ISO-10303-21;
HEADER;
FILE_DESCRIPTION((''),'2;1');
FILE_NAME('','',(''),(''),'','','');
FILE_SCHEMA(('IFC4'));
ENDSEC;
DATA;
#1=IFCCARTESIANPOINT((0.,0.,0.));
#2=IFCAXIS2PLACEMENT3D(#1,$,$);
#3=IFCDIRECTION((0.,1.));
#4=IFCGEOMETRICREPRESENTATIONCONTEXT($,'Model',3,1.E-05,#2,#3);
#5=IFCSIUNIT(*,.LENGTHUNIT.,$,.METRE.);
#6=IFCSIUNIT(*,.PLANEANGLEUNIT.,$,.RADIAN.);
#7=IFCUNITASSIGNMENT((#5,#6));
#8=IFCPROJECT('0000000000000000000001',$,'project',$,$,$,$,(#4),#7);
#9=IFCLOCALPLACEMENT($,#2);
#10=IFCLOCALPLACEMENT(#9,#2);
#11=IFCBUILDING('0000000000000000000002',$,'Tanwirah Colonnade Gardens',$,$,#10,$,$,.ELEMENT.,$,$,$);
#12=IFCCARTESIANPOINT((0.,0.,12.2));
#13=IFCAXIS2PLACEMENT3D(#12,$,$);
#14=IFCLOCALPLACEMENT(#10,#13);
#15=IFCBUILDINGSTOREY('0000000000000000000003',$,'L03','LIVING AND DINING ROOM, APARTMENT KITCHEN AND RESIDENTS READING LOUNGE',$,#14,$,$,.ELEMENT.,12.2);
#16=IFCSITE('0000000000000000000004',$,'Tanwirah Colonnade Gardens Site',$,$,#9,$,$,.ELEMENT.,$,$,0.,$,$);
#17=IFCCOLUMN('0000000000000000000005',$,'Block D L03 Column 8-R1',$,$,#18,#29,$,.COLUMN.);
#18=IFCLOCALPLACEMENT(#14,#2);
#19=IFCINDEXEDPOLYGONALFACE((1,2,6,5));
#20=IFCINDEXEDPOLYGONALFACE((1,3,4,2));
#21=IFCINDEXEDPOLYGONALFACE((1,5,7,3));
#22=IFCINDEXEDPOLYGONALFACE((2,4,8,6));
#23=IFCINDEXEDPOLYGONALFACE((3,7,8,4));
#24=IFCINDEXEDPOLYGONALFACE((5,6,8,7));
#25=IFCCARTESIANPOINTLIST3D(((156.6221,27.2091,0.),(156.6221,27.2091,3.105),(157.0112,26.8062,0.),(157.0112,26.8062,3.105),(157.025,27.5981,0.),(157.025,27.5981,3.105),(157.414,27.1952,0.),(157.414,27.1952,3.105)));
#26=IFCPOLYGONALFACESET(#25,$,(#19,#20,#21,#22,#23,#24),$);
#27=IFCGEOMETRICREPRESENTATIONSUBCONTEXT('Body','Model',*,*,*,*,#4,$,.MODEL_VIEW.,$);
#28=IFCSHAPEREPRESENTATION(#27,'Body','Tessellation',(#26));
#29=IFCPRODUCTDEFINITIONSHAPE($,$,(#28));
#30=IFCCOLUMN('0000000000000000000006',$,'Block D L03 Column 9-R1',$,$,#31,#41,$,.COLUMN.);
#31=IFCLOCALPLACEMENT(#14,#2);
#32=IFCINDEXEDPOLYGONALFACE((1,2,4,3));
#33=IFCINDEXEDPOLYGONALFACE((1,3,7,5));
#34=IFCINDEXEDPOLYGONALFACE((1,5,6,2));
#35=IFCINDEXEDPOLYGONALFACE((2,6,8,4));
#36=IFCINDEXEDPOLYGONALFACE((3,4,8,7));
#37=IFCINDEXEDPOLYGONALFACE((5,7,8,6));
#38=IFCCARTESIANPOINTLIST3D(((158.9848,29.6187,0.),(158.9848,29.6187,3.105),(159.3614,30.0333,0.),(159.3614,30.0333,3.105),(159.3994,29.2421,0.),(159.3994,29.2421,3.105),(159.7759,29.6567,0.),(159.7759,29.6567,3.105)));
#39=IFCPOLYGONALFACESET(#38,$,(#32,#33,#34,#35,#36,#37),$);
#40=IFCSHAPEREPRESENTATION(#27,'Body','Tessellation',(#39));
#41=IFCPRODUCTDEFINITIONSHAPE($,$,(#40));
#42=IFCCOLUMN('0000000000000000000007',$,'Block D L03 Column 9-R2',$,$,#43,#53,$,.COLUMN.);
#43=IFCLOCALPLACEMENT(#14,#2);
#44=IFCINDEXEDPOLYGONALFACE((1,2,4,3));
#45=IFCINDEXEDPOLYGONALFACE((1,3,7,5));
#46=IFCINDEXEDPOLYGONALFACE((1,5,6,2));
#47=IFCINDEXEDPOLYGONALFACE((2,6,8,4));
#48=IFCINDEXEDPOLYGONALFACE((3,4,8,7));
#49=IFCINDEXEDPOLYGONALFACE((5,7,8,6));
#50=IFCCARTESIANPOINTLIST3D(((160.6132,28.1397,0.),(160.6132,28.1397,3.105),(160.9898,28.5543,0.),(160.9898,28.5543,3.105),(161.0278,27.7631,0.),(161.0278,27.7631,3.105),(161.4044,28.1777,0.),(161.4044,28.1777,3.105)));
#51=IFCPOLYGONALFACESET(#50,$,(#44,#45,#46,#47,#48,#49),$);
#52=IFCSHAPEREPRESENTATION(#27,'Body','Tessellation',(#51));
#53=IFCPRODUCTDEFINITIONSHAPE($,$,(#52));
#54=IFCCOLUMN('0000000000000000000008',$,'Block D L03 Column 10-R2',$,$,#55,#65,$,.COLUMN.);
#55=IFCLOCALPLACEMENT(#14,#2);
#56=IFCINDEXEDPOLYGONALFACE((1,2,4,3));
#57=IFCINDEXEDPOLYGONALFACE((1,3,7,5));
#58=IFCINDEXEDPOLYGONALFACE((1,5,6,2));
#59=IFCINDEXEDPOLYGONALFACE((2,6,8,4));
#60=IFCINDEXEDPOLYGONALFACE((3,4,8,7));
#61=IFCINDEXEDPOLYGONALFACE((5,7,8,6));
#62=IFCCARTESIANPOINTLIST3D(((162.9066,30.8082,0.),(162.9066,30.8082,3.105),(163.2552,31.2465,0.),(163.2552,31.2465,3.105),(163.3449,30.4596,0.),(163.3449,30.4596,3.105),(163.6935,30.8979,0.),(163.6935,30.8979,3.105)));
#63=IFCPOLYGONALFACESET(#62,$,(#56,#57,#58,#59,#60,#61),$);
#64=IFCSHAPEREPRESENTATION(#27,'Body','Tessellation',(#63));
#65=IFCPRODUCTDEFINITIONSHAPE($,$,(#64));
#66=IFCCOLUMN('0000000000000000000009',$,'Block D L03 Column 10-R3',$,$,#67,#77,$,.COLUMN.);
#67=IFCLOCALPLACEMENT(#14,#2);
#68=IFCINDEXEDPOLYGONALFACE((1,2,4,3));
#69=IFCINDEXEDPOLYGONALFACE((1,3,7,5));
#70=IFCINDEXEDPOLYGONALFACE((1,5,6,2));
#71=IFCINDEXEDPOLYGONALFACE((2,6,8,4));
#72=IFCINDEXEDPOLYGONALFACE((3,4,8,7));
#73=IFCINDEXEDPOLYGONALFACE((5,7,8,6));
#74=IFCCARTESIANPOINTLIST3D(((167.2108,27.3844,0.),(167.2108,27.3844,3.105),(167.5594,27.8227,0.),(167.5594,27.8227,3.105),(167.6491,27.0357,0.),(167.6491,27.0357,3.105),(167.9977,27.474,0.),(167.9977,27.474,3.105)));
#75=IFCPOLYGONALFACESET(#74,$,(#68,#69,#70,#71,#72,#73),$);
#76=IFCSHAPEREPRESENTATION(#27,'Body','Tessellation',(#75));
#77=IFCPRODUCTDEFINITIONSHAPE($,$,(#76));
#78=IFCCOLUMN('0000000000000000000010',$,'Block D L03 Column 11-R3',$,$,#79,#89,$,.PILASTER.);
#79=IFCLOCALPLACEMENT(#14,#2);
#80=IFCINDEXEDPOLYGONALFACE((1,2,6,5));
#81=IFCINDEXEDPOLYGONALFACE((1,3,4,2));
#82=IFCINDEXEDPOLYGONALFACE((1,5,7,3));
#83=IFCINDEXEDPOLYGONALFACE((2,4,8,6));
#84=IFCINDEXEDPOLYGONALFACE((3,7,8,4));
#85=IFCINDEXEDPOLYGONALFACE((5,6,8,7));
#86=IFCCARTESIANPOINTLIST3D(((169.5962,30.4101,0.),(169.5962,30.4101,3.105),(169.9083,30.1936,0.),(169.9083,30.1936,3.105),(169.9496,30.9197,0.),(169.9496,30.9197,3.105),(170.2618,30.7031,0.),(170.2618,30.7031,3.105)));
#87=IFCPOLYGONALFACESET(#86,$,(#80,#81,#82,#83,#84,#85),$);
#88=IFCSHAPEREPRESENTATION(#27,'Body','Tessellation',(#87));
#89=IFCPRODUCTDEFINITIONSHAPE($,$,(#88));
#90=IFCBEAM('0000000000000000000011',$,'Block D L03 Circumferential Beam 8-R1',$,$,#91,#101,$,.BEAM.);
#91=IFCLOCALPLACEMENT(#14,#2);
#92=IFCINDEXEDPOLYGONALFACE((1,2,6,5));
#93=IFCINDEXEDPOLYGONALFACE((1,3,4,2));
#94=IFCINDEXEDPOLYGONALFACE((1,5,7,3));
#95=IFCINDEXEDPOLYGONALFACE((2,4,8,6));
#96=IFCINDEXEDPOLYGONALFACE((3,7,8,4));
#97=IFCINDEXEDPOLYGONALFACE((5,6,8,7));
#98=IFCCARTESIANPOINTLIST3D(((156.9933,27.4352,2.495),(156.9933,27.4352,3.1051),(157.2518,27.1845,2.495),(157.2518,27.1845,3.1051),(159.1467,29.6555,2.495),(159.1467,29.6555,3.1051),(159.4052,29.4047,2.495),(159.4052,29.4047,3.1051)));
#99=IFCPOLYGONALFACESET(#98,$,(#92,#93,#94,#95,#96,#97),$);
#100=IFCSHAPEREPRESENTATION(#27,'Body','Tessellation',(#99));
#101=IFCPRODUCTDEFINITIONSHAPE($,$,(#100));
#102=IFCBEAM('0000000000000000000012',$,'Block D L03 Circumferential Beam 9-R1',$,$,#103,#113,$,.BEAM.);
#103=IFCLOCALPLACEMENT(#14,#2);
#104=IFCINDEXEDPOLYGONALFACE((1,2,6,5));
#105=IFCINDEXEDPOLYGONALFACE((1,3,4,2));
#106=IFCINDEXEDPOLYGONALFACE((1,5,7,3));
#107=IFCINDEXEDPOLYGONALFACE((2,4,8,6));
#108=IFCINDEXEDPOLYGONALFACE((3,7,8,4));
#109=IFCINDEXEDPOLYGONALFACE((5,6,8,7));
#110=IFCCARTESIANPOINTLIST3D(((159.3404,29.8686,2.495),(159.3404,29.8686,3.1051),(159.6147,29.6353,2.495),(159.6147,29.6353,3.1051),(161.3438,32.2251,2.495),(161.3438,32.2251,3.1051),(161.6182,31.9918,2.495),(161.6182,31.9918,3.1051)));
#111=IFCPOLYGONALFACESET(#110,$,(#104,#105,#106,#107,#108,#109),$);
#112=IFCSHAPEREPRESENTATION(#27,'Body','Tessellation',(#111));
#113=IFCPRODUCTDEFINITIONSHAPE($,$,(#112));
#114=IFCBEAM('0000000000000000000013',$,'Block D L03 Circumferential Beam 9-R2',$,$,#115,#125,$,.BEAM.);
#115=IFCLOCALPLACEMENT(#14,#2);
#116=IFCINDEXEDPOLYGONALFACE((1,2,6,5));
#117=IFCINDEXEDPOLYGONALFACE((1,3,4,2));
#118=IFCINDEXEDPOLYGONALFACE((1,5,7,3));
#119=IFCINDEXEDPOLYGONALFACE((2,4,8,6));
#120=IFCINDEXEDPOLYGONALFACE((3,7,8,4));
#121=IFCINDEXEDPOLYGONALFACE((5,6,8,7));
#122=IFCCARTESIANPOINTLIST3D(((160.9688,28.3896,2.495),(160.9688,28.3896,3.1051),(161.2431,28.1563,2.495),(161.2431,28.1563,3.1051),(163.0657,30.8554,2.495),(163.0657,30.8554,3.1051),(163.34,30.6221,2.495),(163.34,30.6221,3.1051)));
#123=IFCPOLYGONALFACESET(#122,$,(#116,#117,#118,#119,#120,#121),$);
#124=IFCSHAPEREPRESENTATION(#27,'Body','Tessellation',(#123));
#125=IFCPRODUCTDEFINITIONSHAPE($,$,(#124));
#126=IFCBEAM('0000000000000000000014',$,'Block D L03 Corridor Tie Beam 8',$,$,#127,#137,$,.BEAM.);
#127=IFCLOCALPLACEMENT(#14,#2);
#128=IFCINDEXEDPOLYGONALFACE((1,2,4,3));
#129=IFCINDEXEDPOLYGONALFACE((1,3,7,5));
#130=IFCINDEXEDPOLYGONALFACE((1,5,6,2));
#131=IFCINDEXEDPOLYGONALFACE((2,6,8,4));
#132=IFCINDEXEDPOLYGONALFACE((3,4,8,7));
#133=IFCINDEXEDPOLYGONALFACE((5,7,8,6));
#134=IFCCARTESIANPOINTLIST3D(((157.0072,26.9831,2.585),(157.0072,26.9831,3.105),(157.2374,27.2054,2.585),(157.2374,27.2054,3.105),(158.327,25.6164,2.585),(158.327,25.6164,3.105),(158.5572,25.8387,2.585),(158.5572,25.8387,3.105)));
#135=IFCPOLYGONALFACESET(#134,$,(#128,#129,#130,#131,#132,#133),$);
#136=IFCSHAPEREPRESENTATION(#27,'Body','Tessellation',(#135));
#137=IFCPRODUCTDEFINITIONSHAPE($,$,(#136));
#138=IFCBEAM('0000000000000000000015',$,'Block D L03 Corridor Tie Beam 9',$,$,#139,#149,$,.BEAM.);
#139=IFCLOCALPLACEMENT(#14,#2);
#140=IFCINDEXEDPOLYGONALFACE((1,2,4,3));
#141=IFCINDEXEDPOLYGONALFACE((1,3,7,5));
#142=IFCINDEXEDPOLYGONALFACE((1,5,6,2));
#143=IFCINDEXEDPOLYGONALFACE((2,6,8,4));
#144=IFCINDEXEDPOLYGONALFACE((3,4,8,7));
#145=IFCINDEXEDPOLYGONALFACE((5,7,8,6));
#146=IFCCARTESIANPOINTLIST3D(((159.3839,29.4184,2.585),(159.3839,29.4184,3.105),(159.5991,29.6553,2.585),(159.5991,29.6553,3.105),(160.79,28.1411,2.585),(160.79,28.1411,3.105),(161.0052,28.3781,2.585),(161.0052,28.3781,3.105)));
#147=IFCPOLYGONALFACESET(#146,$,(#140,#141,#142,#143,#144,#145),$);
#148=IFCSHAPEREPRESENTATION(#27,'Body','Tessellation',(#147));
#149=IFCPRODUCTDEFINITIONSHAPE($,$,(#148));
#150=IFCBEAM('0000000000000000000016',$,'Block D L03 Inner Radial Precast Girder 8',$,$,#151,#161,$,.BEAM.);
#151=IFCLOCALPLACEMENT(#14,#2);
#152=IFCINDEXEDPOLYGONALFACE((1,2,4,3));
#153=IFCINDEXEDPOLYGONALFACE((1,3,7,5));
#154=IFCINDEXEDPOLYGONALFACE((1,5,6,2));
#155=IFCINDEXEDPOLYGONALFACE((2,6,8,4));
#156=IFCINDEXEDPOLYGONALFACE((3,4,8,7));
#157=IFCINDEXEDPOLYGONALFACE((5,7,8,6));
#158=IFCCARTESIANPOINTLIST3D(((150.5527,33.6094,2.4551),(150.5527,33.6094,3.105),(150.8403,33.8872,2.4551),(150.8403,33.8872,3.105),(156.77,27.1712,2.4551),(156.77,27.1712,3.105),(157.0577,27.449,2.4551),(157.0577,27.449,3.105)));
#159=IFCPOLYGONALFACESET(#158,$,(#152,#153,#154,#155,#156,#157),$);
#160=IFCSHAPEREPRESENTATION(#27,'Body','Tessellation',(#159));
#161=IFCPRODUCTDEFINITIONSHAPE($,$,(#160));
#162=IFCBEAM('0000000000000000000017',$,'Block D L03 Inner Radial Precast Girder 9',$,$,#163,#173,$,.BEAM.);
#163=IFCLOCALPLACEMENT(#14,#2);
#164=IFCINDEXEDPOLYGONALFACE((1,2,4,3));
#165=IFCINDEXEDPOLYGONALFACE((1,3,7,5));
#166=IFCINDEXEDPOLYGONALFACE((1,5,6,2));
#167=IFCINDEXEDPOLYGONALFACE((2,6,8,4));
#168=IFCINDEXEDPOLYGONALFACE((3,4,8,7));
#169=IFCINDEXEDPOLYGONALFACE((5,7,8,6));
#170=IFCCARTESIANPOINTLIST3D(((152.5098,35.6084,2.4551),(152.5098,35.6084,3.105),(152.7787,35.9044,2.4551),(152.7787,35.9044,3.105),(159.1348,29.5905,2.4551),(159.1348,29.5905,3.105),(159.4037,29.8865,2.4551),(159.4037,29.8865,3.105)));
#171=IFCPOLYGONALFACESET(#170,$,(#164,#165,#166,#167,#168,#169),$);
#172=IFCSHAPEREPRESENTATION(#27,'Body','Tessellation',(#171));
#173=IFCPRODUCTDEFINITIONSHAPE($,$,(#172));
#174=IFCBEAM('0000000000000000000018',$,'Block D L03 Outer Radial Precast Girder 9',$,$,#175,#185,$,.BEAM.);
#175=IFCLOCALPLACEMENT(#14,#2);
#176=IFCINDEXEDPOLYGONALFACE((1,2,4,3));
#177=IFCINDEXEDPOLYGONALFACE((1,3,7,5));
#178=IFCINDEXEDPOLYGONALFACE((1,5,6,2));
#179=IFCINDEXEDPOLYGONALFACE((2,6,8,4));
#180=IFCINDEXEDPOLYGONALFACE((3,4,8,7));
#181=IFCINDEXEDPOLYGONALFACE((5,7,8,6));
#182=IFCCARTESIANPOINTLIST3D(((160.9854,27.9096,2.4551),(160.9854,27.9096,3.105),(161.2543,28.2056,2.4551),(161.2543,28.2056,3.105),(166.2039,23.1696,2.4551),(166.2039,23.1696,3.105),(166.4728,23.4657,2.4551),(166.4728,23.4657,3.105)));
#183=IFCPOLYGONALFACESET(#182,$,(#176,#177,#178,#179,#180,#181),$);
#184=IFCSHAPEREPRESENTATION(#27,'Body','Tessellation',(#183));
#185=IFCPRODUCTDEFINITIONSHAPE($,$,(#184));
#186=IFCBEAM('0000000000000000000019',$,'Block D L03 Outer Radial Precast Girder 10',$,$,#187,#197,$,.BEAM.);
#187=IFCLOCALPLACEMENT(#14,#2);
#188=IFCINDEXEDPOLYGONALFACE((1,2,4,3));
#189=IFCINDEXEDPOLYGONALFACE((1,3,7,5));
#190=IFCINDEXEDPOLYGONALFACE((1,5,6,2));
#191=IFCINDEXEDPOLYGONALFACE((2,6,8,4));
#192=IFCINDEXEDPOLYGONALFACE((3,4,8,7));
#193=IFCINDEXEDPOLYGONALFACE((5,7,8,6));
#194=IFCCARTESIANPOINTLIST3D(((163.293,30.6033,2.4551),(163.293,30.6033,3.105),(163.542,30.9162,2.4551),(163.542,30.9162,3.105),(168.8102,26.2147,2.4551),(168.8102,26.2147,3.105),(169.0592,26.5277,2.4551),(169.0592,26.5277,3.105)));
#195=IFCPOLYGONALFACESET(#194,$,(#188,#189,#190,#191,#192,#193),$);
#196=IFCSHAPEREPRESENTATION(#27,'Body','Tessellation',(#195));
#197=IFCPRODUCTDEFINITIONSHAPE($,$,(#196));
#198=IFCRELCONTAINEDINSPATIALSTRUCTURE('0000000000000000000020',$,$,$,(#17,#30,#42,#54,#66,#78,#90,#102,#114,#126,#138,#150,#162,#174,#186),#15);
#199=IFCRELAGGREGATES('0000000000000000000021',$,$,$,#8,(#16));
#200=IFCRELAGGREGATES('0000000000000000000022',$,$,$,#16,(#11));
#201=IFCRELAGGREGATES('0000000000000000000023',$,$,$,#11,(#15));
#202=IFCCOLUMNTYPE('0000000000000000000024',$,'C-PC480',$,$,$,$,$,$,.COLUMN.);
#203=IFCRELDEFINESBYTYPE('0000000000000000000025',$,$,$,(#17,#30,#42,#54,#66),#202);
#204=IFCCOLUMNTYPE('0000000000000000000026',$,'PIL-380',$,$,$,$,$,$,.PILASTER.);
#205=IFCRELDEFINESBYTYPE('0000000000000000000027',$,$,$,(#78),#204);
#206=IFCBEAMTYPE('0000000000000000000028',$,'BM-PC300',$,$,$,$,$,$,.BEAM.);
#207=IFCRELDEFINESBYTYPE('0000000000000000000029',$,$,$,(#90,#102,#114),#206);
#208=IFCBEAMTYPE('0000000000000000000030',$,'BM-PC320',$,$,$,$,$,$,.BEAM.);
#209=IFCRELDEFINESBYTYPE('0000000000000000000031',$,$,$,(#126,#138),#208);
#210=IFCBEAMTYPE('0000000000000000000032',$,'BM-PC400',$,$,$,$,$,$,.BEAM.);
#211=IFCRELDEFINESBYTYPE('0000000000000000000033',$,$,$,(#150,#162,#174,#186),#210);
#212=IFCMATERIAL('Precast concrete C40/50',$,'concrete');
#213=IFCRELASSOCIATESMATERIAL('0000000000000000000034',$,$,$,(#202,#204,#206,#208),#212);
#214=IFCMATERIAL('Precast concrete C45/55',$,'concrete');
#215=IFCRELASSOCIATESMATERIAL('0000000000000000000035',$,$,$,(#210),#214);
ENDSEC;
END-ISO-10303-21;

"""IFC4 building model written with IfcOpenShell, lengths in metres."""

from ifc_helpers import new_model, si_unit, direction, frame, origin, origin_2d, place, context, subcontext, project, spatial, rectangle, extrude, material, material_profile, profile_set, type_object, element, save


model = new_model("IFC4")

# Units and contexts
model_context = context("Model", 3, precision=1e-05, world=origin(), true_north=direction((0.0, 1.0)))
body_context = subcontext(model_context, "Body", "Model", "MODEL_VIEW")
ifc_project = project(units=[si_unit("LENGTHUNIT", "METRE"), si_unit("PLANEANGLEUNIT", "RADIAN")], contexts=[model_context])

# Site, building, storey
site_placement = place(None, origin())
site = spatial("IfcSite", under=ifc_project, at=site_placement, Name="Tanwirah Colonnade Gardens Site", CompositionType="ELEMENT", RefElevation=0.0)
building_placement = place(site_placement, origin())
building = spatial("IfcBuilding", under=site, at=building_placement, Name="Tanwirah Colonnade Gardens", CompositionType="ELEMENT")
storey_placement = place(building_placement, frame((0.0, 0.0, 12.2)))
storey = spatial("IfcBuildingStorey", under=building, at=storey_placement, Name="L03", Description="LIVING AND DINING ROOM, APARTMENT KITCHEN AND RESIDENTS READING LOUNGE", CompositionType="ELEMENT", Elevation=12.2)

# Columns
ifc_material_1 = material(Name="Precast concrete C40/50", Category="concrete")
ifc_material_profile_1 = material_profile(ifc_material_1, rectangle(XDim=0.5601, YDim=0.5601, at=origin_2d()), Name="PC-COL 560x560")
ifc_profile_set_1 = profile_set([ifc_material_profile_1], Name="Precast concrete C40/50")
column_type_1 = type_object("IfcColumnType", Name="C-PC480", PredefinedType="COLUMN", material=ifc_profile_set_1)
for number, where, z_axis, x_axis, name in (
    (1, (157.0181, 27.2021, 0.0), (0.0, 0.0, 1.0), (0.694658, -0.71934, 0.0), "Block D L03 Column 8-R1"),
    (2, (159.3804, 29.6377, 0.0), (0.0, 0.0, 1.0), (0.740218, -0.672367, 0.0), "Block D L03 Column 9-R1"),
    (3, (161.0088, 28.1587, 0.0), (0.0, 0.0, 1.0), (0.740218, -0.672367, 0.0), "Block D L03 Column 9-R2"),
    (4, (163.3, 30.853, 0.0), (0.0, 0.0, 1.0), (0.782608, -0.622515, 0.0), "Block D L03 Column 10-R2"),
    (5, (167.6042, 27.4292, 0.0), (0.0, 0.0, 1.0), (0.782608, -0.622515, 0.0), "Block D L03 Column 10-R3"),
):
    element("IfcColumn", number, at=place(storey_placement, frame(where, z_axis=z_axis, x_axis=x_axis)), inside=storey, type_object=column_type_1, Name=name, PredefinedType="COLUMN", context=body_context, shape_type="SweptSolid", body=[
        extrude(rectangle(XDim=0.5601, YDim=0.5601, at=origin_2d()), origin(), (0.0, 0.0, 1.0), 3.105),
    ])
ifc_material_profile_2 = material_profile(ifc_material_1, rectangle(XDim=0.3799, YDim=0.6201, at=origin_2d()), Name="PC-PIL 380x620")
ifc_profile_set_2 = profile_set([ifc_material_profile_2], Name="Precast concrete C40/50")
column_type_2 = type_object("IfcColumnType", Name="PIL-380", PredefinedType="PILASTER", material=ifc_profile_set_2)
column_placement = place(storey_placement, frame((169.929, 30.5566, 0.0), z_axis=(0.0, 0.0, 1.0), x_axis=(0.821647, -0.569997, 0.0)))
element("IfcColumn", 6, at=column_placement, inside=storey, type_object=column_type_2, Name="Block D L03 Column 11-R3", PredefinedType="PILASTER", context=body_context, shape_type="SweptSolid", body=[
    extrude(rectangle(XDim=0.3799, YDim=0.6201, at=origin_2d()), origin(), (0.0, 0.0, 1.0), 3.105),
])

# Beams
ifc_material_profile_3 = material_profile(ifc_material_1, rectangle(XDim=0.3601, YDim=0.6101, at=origin_2d()), Name="PC-BM 360x610")
ifc_profile_set_3 = profile_set([ifc_material_profile_3], Name="Precast concrete C40/50")
beam_type_1 = type_object("IfcBeamType", Name="BM-PC300", PredefinedType="BEAM", material=ifc_profile_set_3)
for number, where, z_axis, x_axis, name in (
    (7, (157.1226, 27.3098, 2.8), (0.69621, 0.717838, 0.0), (-0.717838, 0.69621, 0.0), "Block D L03 Circumferential Beam 8-R1"),
    (8, (159.4775, 29.752, 2.8), (0.647731, 0.761869, 0.0), (-0.761869, 0.647731, 0.0), "Block D L03 Circumferential Beam 9-R1"),
):
    element("IfcBeam", number, at=place(storey_placement, frame(where, z_axis=z_axis, x_axis=x_axis)), inside=storey, type_object=beam_type_1, Name=name, PredefinedType="BEAM", context=body_context, shape_type="SweptSolid", body=[
        extrude(rectangle(XDim=0.3601, YDim=0.6101, at=origin_2d()), origin(), (0.0, 0.0, 1.0), 3.093),
    ])
beam_1_placement = place(storey_placement, frame((161.106, 28.2729, 2.8), z_axis=(0.647824, 0.76179, 0.0), x_axis=(-0.76179, 0.647824, 0.0)))
element("IfcBeam", 9, at=beam_1_placement, inside=storey, type_object=beam_type_1, Name="Block D L03 Circumferential Beam 9-R2", PredefinedType="BEAM", context=body_context, shape_type="SweptSolid", body=[
    extrude(rectangle(XDim=0.3601, YDim=0.6101, at=origin_2d()), origin(), (0.0, 0.0, 1.0), 3.2368),
])
ifc_material_profile_4 = material_profile(ifc_material_1, rectangle(XDim=0.3201, YDim=0.52, at=origin_2d()), Name="PC-BM 320x520")
ifc_profile_set_4 = profile_set([ifc_material_profile_4], Name="Precast concrete C40/50")
beam_type_2 = type_object("IfcBeamType", Name="BM-PC320", PredefinedType="BEAM", material=ifc_profile_set_4)
beam_2_placement = place(storey_placement, frame((157.1223, 27.0942, 2.845), z_axis=(0.694663, -0.719335, 0.0), x_axis=(0.719335, 0.694663, 0.0)))
element("IfcBeam", 10, at=beam_2_placement, inside=storey, type_object=beam_type_2, Name="Block D L03 Corridor Tie Beam 8", PredefinedType="BEAM", context=body_context, shape_type="SweptSolid", body=[
    extrude(rectangle(XDim=0.3201, YDim=0.52, at=origin_2d()), origin(), (0.0, 0.0, 1.0), 1.8999),
])
beam_3_placement = place(storey_placement, frame((159.4915, 29.5369, 2.845), z_axis=(0.740219, -0.672366, 0.0), x_axis=(0.672366, 0.740219, 0.0)))
element("IfcBeam", 11, at=beam_3_placement, inside=storey, type_object=beam_type_2, Name="Block D L03 Corridor Tie Beam 9", PredefinedType="BEAM", context=body_context, shape_type="SweptSolid", body=[
    extrude(rectangle(XDim=0.3201, YDim=0.52, at=origin_2d()), origin(), (0.0, 0.0, 1.0), 1.8997),
])
ifc_material_2 = material(Name="Precast concrete C45/55", Category="concrete")
ifc_material_profile_5 = material_profile(ifc_material_2, rectangle(XDim=0.3999, YDim=0.6499, at=origin_2d()), Name="PC-BM 400x650")
ifc_profile_set_5 = profile_set([ifc_material_profile_5], Name="Precast concrete C45/55")
beam_type_3 = type_object("IfcBeamType", Name="BM-PC400", PredefinedType="BEAM", material=ifc_profile_set_5)
for number, where, z_axis, x_axis, name in (
    (12, (156.9138, 27.3101, 2.78), (-0.694656, 0.719342, 0.0), (-0.719342, -0.694656, 0.0), "Block D L03 Inner Radial Precast Girder 8"),
    (13, (159.2693, 29.7385, 2.78), (-0.740213, 0.672373, 0.0), (-0.672373, -0.740213, 0.0), "Block D L03 Inner Radial Precast Girder 9"),
):
    element("IfcBeam", number, at=place(storey_placement, frame(where, z_axis=z_axis, x_axis=x_axis)), inside=storey, type_object=beam_type_3, Name=name, PredefinedType="BEAM", context=body_context, shape_type="SweptSolid", body=[
        extrude(rectangle(XDim=0.3999, YDim=0.6499, at=origin_2d()), origin(), (0.0, 0.0, 1.0), 8.9502),
    ])
for number, where, z_axis, x_axis, name in (
    (14, (161.1199, 28.0576, 2.78), (0.74023, -0.672354, 0.0), (0.672354, 0.74023, 0.0), "Block D L03 Outer Radial Precast Girder 9"),
    (15, (163.4175, 30.7598, 2.78), (0.782609, -0.622513, 0.0), (0.622513, 0.782609, 0.0), "Block D L03 Outer Radial Precast Girder 10"),
):
    element("IfcBeam", number, at=place(storey_placement, frame(where, z_axis=z_axis, x_axis=x_axis)), inside=storey, type_object=beam_type_3, Name=name, PredefinedType="BEAM", context=body_context, shape_type="SweptSolid", body=[
        extrude(rectangle(XDim=0.3999, YDim=0.6499, at=origin_2d()), origin(), (0.0, 0.0, 1.0), 7.0498),
    ])

save(model, "model.ifc")
